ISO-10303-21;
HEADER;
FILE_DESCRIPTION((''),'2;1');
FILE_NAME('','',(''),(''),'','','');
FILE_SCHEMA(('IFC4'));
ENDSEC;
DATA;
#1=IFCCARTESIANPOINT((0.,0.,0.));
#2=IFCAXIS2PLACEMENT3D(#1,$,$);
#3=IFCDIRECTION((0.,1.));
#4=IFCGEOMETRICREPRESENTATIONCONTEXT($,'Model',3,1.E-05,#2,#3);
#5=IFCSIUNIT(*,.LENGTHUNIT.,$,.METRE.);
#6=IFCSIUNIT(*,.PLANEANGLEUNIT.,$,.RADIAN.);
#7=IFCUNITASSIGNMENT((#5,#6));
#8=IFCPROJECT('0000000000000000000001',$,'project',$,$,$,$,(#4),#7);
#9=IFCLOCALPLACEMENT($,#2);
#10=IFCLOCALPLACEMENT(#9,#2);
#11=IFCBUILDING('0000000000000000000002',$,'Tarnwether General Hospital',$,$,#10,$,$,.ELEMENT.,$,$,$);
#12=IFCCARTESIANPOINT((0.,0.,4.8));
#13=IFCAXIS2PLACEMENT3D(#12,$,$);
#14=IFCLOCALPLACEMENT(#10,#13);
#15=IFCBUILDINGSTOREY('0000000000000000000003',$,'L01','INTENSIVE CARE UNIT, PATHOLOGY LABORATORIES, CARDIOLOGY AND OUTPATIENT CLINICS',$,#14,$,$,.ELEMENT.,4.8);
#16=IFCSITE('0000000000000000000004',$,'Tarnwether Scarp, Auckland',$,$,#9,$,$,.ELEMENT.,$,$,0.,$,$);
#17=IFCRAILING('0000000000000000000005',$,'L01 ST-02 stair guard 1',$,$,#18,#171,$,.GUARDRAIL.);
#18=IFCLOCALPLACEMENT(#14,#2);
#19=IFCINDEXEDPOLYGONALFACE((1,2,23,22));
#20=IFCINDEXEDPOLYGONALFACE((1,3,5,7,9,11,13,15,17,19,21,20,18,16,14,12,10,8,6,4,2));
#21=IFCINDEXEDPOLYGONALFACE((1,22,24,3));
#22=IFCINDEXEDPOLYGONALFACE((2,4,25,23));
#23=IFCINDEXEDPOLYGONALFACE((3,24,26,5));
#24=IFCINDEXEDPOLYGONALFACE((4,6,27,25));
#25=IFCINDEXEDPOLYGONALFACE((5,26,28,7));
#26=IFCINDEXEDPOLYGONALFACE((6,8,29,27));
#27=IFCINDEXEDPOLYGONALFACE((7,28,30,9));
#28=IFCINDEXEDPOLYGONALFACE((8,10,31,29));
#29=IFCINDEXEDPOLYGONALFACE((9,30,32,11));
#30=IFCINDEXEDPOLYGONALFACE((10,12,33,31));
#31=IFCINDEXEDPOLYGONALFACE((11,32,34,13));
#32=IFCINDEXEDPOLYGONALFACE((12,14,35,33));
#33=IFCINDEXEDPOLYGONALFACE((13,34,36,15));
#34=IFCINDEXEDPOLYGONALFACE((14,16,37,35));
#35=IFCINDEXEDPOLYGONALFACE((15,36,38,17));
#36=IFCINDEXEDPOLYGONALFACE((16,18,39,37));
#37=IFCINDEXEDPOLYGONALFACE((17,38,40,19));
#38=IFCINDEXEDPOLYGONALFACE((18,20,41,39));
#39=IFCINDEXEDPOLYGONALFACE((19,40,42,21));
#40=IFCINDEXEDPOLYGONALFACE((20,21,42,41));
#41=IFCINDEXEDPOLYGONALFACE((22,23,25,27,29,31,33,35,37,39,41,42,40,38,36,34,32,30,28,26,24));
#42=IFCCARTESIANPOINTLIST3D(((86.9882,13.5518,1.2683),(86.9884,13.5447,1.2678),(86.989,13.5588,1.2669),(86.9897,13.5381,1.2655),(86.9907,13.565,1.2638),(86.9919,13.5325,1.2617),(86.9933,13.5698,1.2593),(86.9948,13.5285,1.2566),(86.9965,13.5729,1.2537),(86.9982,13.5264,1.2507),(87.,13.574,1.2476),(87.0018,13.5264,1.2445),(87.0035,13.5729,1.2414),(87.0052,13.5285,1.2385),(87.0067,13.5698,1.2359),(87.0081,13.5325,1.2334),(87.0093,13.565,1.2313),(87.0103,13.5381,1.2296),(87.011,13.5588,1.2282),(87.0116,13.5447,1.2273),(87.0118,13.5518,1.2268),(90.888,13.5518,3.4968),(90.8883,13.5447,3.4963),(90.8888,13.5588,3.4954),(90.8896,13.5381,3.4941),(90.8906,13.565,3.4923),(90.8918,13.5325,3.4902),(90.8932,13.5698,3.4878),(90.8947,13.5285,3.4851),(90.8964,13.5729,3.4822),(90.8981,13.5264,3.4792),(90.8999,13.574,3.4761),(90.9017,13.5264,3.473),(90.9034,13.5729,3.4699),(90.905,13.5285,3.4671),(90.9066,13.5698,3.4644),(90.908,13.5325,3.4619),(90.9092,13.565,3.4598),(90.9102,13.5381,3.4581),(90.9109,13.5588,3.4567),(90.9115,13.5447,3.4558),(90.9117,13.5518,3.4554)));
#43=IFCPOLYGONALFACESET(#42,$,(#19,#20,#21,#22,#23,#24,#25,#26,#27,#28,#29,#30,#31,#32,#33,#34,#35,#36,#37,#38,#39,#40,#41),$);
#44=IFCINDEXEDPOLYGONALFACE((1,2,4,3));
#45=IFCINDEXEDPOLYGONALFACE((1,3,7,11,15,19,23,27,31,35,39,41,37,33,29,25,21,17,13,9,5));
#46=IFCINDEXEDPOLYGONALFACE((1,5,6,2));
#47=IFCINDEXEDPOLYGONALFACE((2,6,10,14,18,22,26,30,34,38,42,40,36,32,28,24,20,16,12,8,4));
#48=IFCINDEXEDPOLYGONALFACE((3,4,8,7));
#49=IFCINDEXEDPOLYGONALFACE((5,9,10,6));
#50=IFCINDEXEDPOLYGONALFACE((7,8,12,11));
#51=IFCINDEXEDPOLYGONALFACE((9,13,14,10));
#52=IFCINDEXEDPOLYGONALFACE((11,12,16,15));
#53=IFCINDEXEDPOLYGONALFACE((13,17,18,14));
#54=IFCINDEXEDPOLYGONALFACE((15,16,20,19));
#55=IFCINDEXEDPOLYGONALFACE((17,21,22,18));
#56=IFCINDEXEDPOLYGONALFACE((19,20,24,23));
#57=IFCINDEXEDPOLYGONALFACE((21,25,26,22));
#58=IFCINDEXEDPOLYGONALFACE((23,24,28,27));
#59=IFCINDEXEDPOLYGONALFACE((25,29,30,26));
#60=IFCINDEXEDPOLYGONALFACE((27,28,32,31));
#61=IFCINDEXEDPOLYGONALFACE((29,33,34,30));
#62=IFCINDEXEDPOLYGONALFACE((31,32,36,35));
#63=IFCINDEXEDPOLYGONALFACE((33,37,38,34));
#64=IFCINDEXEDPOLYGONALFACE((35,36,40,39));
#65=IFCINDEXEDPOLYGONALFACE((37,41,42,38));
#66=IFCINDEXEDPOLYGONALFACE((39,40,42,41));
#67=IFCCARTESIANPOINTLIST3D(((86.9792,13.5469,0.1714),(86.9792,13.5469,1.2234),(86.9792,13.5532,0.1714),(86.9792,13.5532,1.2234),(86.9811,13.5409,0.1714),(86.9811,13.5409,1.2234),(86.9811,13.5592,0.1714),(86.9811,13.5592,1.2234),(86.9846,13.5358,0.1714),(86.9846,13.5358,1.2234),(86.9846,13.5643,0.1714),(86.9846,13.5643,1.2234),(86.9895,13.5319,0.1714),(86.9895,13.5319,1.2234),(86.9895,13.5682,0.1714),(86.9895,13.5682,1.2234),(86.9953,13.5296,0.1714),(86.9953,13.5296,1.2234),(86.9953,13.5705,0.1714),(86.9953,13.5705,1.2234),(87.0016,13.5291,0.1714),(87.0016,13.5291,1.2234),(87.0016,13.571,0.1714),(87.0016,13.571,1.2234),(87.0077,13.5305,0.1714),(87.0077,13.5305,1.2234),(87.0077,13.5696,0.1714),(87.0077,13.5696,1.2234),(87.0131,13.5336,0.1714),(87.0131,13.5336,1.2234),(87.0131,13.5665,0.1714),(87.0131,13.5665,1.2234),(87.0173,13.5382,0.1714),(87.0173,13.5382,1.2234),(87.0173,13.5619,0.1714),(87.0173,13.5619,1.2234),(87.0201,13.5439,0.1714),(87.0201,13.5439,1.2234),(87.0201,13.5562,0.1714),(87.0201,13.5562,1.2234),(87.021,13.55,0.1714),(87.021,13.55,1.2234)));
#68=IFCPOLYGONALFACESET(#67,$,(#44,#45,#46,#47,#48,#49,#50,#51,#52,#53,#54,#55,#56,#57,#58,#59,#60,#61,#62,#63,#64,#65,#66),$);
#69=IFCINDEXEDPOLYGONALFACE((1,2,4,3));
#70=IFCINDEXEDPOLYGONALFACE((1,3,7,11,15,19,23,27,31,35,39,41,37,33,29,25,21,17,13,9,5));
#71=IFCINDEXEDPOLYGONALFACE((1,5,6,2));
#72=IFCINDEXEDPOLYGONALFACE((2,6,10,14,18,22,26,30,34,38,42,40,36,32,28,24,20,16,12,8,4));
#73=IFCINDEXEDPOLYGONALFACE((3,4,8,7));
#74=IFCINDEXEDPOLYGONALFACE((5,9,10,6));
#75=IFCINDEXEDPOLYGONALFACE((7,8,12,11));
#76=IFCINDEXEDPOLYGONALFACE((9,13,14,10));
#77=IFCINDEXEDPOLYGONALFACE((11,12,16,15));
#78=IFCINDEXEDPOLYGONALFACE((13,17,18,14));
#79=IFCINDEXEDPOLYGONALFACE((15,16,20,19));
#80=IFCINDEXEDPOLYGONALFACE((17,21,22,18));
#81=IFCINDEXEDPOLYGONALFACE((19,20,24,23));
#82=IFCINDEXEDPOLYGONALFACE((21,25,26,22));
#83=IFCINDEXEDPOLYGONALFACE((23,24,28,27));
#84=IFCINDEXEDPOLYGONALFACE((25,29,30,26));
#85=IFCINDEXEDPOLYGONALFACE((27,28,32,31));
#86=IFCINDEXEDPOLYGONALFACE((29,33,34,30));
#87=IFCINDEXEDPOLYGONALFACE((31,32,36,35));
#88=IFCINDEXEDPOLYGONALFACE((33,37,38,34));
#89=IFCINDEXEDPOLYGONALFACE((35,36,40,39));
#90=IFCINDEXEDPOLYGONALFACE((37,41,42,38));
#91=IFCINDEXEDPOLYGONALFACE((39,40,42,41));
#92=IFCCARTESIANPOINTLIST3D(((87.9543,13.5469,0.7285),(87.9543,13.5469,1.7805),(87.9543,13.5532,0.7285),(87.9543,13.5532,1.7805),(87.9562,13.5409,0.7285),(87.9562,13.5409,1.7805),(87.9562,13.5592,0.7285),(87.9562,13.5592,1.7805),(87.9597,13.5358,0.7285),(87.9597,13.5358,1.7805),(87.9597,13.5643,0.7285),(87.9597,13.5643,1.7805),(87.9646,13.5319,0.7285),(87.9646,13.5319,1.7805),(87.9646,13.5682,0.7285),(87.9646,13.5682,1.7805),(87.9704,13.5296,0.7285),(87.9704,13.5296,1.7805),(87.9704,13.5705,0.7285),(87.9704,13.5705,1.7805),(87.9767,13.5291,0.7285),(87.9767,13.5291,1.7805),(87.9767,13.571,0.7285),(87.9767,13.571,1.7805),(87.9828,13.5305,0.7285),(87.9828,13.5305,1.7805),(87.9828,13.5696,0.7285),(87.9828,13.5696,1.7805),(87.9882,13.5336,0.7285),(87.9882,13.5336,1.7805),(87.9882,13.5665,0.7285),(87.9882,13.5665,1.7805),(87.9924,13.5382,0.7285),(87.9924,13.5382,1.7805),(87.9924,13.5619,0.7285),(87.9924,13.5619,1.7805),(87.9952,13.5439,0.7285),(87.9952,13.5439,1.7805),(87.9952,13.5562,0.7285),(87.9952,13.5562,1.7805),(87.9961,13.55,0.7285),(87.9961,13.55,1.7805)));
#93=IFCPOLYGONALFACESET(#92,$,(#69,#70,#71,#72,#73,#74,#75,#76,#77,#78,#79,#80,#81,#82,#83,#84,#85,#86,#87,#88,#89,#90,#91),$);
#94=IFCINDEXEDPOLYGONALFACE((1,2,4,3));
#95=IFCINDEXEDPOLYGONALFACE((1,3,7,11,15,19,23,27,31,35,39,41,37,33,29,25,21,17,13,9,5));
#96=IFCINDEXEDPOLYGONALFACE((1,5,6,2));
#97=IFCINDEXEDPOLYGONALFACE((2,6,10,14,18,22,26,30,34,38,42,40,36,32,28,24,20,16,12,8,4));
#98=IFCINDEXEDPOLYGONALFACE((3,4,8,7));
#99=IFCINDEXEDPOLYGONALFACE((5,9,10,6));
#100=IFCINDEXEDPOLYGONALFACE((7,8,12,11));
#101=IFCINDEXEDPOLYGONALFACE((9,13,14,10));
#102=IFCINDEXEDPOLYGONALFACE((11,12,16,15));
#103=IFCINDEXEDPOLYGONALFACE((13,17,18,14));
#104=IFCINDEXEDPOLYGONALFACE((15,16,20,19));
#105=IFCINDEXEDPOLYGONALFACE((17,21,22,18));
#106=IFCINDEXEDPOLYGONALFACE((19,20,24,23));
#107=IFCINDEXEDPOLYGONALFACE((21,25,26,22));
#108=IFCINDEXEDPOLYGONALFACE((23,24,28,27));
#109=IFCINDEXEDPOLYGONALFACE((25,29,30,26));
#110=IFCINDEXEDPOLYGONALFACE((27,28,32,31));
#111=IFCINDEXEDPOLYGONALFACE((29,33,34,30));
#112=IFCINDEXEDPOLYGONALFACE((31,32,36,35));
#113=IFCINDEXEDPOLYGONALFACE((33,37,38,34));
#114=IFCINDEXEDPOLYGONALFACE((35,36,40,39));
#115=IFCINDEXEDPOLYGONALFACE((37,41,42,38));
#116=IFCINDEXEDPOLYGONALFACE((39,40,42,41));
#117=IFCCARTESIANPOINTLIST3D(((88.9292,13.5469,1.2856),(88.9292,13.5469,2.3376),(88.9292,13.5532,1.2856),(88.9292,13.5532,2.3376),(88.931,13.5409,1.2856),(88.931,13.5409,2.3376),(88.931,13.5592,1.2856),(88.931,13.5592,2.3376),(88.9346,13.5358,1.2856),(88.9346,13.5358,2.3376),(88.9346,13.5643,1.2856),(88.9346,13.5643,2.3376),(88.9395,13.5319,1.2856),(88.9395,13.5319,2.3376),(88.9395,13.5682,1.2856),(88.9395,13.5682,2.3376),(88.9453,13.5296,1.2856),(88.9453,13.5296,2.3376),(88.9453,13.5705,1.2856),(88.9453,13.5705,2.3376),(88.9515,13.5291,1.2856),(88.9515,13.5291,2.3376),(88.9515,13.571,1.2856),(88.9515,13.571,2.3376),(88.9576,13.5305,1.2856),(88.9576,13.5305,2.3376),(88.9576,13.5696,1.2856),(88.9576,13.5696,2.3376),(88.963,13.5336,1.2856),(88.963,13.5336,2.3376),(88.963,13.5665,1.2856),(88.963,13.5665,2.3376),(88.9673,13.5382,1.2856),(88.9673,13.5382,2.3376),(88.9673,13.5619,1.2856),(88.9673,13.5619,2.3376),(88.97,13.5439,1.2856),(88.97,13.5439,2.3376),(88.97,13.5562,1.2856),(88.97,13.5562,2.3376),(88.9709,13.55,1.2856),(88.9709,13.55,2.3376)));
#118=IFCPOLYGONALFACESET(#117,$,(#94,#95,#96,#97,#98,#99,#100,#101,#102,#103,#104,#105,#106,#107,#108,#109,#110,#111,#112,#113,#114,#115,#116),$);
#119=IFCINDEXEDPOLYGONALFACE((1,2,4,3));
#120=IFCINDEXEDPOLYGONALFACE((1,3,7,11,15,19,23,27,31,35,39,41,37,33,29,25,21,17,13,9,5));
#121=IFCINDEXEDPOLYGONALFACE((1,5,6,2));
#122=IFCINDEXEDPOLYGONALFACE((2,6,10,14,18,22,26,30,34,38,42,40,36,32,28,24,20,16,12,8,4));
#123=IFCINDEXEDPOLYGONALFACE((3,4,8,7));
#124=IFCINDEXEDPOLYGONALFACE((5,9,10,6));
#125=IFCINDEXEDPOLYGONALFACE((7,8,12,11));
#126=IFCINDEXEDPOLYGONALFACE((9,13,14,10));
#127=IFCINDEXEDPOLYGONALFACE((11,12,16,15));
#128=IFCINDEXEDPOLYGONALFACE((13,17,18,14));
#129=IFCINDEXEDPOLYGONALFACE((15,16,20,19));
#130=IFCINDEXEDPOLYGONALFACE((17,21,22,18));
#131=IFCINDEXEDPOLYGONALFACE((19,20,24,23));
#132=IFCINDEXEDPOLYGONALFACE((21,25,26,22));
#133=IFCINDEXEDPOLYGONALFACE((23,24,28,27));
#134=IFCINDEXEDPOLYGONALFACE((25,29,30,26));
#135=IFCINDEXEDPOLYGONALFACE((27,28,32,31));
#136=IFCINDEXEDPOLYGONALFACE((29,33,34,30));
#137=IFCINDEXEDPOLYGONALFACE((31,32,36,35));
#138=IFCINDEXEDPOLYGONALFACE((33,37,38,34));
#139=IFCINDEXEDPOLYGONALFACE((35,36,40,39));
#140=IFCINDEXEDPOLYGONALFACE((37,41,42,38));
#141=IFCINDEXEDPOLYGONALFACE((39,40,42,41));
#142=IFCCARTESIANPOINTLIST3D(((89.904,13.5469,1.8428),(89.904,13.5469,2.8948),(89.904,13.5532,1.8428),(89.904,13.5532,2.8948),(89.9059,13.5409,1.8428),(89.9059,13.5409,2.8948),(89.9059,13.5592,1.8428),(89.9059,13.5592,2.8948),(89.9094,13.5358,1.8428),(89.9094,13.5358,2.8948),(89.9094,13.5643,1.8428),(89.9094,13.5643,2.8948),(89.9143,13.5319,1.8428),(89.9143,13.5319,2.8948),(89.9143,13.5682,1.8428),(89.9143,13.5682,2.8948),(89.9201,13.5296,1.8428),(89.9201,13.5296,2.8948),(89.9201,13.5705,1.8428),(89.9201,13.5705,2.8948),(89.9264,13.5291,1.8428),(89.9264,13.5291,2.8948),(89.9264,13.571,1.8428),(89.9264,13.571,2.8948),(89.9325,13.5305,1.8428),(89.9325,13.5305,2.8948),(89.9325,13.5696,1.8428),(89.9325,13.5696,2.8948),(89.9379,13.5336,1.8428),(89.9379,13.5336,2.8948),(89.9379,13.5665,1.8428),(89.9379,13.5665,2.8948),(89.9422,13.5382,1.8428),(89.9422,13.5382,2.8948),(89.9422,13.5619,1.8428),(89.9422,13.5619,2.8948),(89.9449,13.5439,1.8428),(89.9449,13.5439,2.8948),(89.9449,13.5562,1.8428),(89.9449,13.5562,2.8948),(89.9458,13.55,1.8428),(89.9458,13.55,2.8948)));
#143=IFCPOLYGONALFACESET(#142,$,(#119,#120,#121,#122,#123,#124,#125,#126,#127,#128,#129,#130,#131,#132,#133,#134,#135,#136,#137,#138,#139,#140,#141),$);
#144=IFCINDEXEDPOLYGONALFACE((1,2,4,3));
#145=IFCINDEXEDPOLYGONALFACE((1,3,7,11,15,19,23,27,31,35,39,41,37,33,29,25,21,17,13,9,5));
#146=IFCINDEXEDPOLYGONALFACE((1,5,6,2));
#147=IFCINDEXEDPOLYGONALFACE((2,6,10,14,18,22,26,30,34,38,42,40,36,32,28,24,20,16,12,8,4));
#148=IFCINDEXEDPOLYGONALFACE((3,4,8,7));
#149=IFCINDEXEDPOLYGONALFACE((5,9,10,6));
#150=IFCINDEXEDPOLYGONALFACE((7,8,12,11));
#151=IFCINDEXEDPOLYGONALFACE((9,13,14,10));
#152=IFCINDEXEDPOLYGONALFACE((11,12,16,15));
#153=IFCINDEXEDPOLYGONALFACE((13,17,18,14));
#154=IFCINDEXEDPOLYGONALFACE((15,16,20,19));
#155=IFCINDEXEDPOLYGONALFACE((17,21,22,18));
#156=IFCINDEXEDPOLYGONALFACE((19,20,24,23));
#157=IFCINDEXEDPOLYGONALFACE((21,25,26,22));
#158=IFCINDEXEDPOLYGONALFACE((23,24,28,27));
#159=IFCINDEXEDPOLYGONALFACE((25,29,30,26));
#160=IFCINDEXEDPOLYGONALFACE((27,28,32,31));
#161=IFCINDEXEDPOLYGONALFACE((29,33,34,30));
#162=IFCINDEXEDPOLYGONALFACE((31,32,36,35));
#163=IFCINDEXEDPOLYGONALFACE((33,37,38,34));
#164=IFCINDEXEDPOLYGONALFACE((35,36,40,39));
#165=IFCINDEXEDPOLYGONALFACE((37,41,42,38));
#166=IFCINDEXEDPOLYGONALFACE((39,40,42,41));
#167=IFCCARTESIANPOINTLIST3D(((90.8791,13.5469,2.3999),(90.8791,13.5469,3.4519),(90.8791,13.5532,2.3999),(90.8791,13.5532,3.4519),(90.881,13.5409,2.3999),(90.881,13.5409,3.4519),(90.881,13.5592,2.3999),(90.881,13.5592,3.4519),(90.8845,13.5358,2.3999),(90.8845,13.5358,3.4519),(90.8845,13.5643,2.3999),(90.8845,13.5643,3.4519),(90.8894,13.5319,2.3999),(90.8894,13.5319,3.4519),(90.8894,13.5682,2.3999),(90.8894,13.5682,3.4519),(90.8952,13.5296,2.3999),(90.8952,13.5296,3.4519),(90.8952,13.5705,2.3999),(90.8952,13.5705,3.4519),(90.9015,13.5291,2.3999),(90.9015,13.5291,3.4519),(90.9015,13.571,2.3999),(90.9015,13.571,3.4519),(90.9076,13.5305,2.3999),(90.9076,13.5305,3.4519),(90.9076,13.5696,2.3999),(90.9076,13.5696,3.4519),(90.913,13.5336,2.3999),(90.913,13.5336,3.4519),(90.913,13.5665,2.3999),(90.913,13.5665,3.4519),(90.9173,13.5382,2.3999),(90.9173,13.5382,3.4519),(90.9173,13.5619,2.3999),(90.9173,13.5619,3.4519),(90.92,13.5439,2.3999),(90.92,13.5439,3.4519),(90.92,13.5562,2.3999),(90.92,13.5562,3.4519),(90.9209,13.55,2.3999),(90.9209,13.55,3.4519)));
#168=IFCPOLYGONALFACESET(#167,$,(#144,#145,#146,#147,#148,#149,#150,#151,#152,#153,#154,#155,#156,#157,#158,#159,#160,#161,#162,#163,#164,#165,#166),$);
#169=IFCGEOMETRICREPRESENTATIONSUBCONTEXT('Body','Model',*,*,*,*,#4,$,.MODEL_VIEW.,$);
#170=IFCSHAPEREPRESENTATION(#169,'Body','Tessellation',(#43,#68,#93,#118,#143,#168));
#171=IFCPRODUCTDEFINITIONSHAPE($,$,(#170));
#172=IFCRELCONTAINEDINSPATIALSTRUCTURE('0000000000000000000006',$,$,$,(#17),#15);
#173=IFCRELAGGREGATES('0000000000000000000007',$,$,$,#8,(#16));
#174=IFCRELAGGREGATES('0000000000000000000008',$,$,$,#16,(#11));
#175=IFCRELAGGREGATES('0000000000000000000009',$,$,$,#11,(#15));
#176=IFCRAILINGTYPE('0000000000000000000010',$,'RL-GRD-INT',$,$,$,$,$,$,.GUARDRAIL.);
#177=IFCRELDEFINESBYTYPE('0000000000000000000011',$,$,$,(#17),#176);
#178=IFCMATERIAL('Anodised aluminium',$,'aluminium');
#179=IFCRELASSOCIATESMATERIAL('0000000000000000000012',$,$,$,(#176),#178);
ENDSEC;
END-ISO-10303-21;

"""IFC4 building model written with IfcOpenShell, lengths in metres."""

from ifc_helpers import new_model, si_unit, direction, frame, origin, origin_2d, place, context, subcontext, project, spatial, circle, extrude, material, type_object, element, save


model = new_model("IFC4")

# Units and contexts
model_context = context("Model", 3, precision=1e-05, world=origin(), true_north=direction((0.0, 1.0)))
body_context = subcontext(model_context, "Body", "Model", "MODEL_VIEW")
ifc_project = project(units=[si_unit("LENGTHUNIT", "METRE"), si_unit("PLANEANGLEUNIT", "RADIAN")], contexts=[model_context])

# Site, building, storey
site_placement = place(None, origin())
site = spatial("IfcSite", under=ifc_project, at=site_placement, Name="Tarnwether Scarp, Auckland", CompositionType="ELEMENT", RefElevation=0.0)
building_placement = place(site_placement, origin())
building = spatial("IfcBuilding", under=site, at=building_placement, Name="Tarnwether General Hospital", CompositionType="ELEMENT")
storey_placement = place(building_placement, frame((0.0, 0.0, 4.8)))
storey = spatial("IfcBuildingStorey", under=building, at=storey_placement, Name="L01", Description="INTENSIVE CARE UNIT, PATHOLOGY LABORATORIES, CARDIOLOGY AND OUTPATIENT CLINICS", CompositionType="ELEMENT", Elevation=4.8)

# Railing
ifc_material_1 = material(Name="Anodised aluminium", Category="aluminium")
railing_type_1 = type_object("IfcRailingType", Name="RL-GRD-INT", PredefinedType="GUARDRAIL", material=ifc_material_1)
railing_1_placement = place(storey_placement, frame((87.0, 13.55, 0.1714)))
element("IfcRailing", 1, at=railing_1_placement, inside=storey, type_object=railing_type_1, Name="L01 ST-02 stair guard 1", PredefinedType="GUARDRAIL", context=body_context, shape_type="SweptSolid", body=[
    extrude(circle(Radius=0.0239, at=origin_2d()), frame((0.0, 0.0, 1.0762), z_axis=(0.868243, 0.0, 0.496139), x_axis=(0.0, 1.0, 0.0)), (0.0, 0.0, 1.0), 4.4917),
    extrude(circle(Radius=0.021, at=origin_2d()), origin(), (0.0, 0.0, 1.0), 1.052),
    extrude(circle(Radius=0.021, at=origin_2d()), frame((0.9751, 0.0, 0.5571)), (0.0, 0.0, 1.0), 1.052),
    extrude(circle(Radius=0.021, at=origin_2d()), frame((1.95, 0.0, 1.1143)), (0.0, 0.0, 1.0), 1.052),
    extrude(circle(Radius=0.021, at=origin_2d()), frame((2.9248, 0.0, 1.6714)), (0.0, 0.0, 1.0), 1.052),
    extrude(circle(Radius=0.021, at=origin_2d()), frame((3.8999, 0.0, 2.2285)), (0.0, 0.0, 1.0), 1.052),
])

save(model, "model.ifc")
